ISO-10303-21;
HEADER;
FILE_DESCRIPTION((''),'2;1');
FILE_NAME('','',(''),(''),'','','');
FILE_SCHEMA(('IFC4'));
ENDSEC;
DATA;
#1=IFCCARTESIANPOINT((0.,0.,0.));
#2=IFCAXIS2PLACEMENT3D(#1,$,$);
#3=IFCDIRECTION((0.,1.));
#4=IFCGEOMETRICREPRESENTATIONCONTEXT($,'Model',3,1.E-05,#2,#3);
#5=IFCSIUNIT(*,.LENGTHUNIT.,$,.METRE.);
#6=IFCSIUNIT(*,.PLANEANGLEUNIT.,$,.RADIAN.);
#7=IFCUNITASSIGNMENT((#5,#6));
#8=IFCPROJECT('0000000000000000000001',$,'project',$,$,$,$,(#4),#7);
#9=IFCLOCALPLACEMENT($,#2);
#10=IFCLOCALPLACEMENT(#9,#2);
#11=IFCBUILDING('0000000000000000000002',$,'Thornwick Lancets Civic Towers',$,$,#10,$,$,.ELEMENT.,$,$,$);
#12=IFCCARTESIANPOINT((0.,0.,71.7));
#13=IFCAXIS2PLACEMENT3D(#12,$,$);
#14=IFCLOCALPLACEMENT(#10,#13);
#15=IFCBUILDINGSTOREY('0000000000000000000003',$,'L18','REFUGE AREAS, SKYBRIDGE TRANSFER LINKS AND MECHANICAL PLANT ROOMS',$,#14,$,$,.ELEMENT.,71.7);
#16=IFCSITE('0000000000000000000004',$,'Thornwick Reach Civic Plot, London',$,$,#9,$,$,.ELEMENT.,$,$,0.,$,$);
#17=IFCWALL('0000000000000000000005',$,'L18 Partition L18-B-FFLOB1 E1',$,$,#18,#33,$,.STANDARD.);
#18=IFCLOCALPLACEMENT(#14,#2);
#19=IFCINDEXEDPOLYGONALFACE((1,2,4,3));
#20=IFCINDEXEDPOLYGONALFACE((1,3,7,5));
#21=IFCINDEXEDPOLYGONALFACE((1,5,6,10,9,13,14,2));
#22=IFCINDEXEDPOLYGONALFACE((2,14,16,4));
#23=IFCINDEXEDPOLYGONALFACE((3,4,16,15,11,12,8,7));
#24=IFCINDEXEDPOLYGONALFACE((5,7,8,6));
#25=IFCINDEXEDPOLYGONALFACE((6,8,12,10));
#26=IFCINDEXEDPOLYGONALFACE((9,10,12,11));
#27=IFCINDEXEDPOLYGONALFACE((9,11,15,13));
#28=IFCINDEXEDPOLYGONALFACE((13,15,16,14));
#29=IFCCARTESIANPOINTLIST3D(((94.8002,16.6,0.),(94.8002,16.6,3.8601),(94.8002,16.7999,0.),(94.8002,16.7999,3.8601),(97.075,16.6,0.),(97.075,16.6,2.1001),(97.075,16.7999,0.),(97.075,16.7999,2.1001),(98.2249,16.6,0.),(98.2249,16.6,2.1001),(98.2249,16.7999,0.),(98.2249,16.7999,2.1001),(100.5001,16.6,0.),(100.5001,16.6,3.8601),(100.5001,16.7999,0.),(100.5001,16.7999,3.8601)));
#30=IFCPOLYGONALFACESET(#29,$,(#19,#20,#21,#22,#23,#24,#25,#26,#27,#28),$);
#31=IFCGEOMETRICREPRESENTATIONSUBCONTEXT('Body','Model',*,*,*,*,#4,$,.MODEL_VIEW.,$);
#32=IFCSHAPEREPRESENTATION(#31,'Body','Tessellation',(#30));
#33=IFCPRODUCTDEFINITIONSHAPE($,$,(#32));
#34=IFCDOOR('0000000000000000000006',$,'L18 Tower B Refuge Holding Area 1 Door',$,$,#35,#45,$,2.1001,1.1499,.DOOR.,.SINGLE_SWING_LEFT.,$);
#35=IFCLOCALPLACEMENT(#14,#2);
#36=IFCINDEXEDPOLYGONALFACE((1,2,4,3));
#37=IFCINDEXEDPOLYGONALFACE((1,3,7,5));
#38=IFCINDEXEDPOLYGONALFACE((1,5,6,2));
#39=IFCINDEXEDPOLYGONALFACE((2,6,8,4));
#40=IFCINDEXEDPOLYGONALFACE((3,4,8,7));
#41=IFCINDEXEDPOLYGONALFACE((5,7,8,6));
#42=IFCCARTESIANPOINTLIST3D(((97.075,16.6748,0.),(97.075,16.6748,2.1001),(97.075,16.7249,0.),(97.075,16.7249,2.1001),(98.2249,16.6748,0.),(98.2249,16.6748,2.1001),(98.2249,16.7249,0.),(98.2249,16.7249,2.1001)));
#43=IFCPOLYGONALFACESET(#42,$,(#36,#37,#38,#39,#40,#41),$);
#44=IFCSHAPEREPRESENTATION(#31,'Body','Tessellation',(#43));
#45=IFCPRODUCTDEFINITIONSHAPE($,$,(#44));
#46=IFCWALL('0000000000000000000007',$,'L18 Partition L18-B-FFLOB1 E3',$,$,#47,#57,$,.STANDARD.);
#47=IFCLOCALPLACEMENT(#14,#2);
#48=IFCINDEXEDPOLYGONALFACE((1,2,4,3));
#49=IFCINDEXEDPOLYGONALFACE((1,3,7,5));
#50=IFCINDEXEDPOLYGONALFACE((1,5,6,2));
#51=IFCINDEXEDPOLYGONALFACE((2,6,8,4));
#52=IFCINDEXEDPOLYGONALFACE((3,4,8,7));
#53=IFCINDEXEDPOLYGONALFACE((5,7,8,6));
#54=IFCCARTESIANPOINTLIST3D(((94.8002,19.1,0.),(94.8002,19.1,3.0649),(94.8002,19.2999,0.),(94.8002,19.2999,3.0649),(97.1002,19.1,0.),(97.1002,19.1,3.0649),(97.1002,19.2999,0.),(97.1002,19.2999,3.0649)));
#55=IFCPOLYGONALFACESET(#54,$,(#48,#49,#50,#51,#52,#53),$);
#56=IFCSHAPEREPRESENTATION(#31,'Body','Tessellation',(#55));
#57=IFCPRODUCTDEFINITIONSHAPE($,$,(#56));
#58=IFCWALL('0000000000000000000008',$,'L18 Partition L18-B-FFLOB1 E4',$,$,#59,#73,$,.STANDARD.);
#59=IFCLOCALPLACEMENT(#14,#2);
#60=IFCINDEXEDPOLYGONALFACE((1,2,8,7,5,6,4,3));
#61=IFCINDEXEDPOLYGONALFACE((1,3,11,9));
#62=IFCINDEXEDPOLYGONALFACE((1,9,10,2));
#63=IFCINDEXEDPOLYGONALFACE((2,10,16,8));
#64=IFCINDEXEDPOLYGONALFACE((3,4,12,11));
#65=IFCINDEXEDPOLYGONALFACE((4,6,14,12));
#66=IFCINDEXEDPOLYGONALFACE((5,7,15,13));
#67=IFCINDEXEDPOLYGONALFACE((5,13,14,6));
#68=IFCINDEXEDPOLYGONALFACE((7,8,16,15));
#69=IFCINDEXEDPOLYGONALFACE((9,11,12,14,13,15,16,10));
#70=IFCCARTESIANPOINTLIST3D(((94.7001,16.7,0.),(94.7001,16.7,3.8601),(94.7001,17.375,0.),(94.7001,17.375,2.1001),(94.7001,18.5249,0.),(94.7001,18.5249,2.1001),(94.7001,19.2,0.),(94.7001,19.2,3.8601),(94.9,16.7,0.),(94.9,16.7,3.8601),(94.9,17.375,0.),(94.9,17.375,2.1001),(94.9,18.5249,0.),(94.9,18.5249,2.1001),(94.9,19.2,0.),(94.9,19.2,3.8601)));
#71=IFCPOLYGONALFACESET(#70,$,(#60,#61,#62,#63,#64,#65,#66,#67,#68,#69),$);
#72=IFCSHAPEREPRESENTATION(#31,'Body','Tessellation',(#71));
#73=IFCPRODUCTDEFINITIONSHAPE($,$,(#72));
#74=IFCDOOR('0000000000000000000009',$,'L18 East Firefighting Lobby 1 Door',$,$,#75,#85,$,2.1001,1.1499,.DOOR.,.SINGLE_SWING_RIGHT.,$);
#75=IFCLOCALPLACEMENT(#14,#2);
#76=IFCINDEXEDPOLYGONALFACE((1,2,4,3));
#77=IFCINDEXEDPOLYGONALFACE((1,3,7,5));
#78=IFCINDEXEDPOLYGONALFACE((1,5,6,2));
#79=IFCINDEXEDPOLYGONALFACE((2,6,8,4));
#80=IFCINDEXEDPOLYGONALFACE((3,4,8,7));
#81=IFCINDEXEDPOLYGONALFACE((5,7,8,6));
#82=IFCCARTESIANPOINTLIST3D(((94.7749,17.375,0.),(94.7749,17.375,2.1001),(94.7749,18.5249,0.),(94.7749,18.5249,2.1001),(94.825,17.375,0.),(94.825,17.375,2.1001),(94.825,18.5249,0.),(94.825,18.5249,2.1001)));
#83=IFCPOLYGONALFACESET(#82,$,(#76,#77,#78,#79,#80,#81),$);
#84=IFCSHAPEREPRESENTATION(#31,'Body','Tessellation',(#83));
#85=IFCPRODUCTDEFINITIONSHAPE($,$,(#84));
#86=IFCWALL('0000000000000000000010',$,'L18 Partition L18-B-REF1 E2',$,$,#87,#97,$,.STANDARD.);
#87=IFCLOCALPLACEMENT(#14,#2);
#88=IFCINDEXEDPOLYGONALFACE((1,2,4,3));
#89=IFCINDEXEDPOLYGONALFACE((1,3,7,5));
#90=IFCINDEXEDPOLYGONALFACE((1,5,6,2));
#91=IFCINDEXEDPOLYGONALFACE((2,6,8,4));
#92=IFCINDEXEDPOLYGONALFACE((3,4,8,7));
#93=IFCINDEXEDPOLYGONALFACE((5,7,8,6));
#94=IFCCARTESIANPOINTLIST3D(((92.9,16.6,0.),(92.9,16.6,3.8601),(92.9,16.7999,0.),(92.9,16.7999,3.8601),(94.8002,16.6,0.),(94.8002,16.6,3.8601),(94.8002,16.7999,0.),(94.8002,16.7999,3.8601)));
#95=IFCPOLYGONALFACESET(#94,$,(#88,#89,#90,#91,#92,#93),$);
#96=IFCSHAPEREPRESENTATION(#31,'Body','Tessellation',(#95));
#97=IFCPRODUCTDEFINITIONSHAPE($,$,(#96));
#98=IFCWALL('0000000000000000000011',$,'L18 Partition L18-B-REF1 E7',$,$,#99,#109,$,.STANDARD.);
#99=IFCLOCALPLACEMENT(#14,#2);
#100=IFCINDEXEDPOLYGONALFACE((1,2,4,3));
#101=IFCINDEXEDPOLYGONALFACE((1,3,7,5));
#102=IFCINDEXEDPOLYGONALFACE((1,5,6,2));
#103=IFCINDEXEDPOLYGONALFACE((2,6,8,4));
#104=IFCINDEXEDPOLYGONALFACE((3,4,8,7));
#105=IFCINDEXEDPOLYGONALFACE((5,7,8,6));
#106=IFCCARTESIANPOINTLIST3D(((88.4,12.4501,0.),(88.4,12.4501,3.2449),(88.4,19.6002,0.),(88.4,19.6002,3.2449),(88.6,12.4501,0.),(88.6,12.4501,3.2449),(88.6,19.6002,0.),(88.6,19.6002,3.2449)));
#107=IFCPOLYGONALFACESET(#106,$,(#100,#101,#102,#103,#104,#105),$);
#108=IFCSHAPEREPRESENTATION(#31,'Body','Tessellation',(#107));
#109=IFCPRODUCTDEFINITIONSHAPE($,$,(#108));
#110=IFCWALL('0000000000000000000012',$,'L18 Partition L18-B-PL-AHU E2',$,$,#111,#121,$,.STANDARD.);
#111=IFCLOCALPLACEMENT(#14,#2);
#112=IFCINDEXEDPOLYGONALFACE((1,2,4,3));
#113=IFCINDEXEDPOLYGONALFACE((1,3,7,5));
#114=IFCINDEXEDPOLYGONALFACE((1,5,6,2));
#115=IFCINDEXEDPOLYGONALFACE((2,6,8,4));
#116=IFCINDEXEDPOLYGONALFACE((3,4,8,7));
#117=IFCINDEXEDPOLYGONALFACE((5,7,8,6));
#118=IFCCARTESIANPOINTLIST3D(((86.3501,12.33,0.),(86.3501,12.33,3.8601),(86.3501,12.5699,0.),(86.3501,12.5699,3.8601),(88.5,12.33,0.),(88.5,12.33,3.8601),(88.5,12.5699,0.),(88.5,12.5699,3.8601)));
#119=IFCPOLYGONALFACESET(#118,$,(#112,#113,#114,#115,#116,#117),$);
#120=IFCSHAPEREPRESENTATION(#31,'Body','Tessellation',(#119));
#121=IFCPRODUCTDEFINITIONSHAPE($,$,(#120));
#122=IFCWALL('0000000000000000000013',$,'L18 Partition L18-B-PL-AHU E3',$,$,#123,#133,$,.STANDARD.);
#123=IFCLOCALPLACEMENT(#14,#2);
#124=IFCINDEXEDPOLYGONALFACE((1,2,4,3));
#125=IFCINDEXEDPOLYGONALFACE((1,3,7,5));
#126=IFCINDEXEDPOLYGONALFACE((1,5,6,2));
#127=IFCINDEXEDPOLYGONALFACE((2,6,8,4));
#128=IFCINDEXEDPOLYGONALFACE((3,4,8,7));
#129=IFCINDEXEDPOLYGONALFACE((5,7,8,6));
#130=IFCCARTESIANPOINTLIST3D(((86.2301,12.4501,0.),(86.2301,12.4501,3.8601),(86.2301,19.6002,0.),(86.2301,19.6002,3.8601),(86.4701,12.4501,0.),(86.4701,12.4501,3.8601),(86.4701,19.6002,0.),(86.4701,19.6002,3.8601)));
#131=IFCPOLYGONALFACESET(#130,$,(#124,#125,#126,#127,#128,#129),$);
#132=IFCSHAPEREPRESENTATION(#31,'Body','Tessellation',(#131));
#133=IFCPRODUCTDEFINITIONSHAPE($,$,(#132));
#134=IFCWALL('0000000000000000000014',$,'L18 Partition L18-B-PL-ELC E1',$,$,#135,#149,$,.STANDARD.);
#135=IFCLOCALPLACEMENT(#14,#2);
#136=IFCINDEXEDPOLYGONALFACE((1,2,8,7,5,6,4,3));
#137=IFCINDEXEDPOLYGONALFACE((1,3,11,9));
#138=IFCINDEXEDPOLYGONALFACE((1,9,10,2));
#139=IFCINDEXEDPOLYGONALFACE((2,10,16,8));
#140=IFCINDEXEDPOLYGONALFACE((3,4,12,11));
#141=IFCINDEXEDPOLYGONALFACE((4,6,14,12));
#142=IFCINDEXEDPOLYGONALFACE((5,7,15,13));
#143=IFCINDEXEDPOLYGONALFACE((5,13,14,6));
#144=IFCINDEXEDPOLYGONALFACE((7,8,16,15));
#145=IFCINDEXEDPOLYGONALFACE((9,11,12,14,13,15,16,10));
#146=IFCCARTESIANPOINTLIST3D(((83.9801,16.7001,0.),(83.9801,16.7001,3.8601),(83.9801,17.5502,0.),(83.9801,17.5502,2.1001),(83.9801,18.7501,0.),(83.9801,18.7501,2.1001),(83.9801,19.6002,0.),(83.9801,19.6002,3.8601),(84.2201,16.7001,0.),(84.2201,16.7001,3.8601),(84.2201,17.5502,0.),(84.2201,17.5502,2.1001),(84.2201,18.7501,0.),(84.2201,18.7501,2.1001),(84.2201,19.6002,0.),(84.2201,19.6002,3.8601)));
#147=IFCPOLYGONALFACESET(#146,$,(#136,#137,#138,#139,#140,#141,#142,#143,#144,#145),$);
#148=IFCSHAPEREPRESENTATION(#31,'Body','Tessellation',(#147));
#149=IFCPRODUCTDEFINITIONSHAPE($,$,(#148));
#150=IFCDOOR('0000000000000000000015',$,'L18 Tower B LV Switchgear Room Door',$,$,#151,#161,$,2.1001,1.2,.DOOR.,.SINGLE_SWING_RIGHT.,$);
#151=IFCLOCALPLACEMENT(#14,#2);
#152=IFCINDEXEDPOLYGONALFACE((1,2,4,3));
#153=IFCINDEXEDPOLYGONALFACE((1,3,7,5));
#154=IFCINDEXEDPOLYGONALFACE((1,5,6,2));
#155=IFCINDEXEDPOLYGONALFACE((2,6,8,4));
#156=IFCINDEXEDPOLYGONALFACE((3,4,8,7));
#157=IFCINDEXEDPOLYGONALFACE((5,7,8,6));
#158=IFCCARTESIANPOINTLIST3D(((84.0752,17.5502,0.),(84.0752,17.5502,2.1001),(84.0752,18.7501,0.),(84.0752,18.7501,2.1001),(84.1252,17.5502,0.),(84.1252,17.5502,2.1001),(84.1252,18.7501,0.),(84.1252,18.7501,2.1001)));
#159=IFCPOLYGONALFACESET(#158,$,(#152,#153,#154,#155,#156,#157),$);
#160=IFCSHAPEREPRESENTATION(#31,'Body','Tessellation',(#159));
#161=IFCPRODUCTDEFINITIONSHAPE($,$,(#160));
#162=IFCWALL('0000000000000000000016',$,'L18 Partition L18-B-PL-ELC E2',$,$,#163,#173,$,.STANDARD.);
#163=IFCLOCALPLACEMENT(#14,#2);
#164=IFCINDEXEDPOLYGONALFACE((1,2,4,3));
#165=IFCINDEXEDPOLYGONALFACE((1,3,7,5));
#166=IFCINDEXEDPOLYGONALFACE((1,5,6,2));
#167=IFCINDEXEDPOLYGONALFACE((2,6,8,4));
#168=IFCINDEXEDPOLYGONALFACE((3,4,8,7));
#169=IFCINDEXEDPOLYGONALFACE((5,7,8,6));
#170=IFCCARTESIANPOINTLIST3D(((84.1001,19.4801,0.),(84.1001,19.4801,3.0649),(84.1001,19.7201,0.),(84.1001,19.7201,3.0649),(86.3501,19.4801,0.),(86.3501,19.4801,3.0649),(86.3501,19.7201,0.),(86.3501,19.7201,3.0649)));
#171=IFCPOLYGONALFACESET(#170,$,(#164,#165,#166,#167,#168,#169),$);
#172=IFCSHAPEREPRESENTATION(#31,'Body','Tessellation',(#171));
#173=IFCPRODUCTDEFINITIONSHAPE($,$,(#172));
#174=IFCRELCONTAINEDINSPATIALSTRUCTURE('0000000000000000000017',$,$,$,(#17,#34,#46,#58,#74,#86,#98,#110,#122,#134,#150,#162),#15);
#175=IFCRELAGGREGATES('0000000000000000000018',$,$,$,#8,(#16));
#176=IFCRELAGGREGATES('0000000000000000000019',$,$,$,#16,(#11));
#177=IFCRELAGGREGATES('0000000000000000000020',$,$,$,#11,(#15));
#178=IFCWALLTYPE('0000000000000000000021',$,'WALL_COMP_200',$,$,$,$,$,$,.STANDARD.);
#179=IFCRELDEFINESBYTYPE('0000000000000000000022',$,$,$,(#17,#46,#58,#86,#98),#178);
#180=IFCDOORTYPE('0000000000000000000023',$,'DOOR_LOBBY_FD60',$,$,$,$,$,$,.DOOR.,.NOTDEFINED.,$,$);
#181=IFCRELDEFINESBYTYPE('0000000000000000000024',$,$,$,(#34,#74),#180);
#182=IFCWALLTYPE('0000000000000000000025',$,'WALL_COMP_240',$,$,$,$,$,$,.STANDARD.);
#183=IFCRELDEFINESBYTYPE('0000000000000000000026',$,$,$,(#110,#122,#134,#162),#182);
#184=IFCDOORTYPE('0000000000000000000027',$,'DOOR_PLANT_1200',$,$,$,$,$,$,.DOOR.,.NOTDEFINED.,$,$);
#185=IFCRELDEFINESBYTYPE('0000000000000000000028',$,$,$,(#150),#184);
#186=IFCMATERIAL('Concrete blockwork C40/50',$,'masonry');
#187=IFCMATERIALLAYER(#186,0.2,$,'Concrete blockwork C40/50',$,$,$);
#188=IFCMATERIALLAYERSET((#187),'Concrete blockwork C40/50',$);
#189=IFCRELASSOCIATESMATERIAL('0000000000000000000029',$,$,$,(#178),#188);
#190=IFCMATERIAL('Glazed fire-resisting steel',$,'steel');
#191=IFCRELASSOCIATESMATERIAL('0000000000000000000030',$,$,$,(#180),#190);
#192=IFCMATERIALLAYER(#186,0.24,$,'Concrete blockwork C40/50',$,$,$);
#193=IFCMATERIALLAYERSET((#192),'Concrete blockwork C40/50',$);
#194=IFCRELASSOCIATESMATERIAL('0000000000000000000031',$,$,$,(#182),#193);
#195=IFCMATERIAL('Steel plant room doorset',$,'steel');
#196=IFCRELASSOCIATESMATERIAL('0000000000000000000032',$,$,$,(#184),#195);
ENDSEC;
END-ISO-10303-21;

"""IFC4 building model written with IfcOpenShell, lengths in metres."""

from ifc_helpers import new_model, si_unit, direction, frame, frame_2d, origin, place, context, subcontext, project, spatial, rectangle, extrude, material, layer, layer_set, type_object, element, fill, save


model = new_model("IFC4")

# Units and contexts
model_context = context("Model", 3, precision=1e-05, world=origin(), true_north=direction((0.0, 1.0)))
body_context = subcontext(model_context, "Body", "Model", "MODEL_VIEW")
ifc_project = project(units=[si_unit("LENGTHUNIT", "METRE"), si_unit("PLANEANGLEUNIT", "RADIAN")], contexts=[model_context])

# Site, building, storey
site_placement = place(None, origin())
site = spatial("IfcSite", under=ifc_project, at=site_placement, Name="Thornwick Reach Civic Plot, London", CompositionType="ELEMENT", RefElevation=0.0)
building_placement = place(site_placement, origin())
building = spatial("IfcBuilding", under=site, at=building_placement, Name="Thornwick Lancets Civic Towers", CompositionType="ELEMENT")
storey_placement = place(building_placement, frame((0.0, 0.0, 71.7)))
storey = spatial("IfcBuildingStorey", under=building, at=storey_placement, Name="L18", Description="REFUGE AREAS, SKYBRIDGE TRANSFER LINKS AND MECHANICAL PLANT ROOMS", CompositionType="ELEMENT", Elevation=71.7)

# Wall, opening, door
ifc_material_1 = material(Name="Concrete blockwork C40/50", Category="masonry")
ifc_layer_1 = layer(ifc_material_1, 0.2, Name="Concrete blockwork C40/50")
ifc_layer_set_1 = layer_set([ifc_layer_1], Name="Concrete blockwork C40/50")
wall_type_1 = type_object("IfcWallType", Name="WALL_COMP_200", PredefinedType="STANDARD", material=ifc_layer_set_1)
wall_1_placement = place(storey_placement, frame((94.8, 16.7, 0.0), z_axis=(0.0, 0.0, 1.0), x_axis=(1.0, 0.0, 0.0)))
wall_1 = element("IfcWall", 1, at=wall_1_placement, inside=storey, type_object=wall_type_1, Name="L18 Partition L18-B-FFLOB1 E1", PredefinedType="STANDARD", context=body_context, shape_type="SweptSolid", body=[
    extrude(rectangle(XDim=5.7, YDim=0.2, at=frame_2d((2.8501, 0.0))), origin(), (0.0, 0.0, 1.0), 3.8601),
])
opening_1_placement = place(wall_1_placement, frame((2.2749, 0.0, 0.0)))
opening_1 = element("IfcOpeningElement", 2, at=opening_1_placement, cuts=wall_1, PredefinedType="OPENING", context=body_context, shape_type="SweptSolid", body=[
    extrude(rectangle(XDim=1.1499, YDim=2.1001, at=frame_2d((0.575, 1.05))), frame((0.0, 0.1099, 0.0), z_axis=(0.0, -1.0, 0.0), x_axis=(1.0, 0.0, 0.0)), (0.0, 0.0, 1.0), 0.22),
])
ifc_material_2 = material(Name="Glazed fire-resisting steel", Category="steel")
door_type_1 = type_object("IfcDoorType", Name="DOOR_LOBBY_FD60", OperationType="NOTDEFINED", PredefinedType="DOOR", material=ifc_material_2)
door_1_placement = place(opening_1_placement, origin())
door_1 = element("IfcDoor", 3, at=door_1_placement, inside=storey, type_object=door_type_1, Name="L18 Tower B Refuge Holding Area 1 Door", OperationType="SINGLE_SWING_LEFT", OverallHeight=2.1001, OverallWidth=1.1499, PredefinedType="DOOR", context=body_context, shape_type="SweptSolid", body=[
    extrude(rectangle(XDim=1.1499, YDim=2.1001, at=frame_2d((0.575, 1.05))), frame((0.0, 0.0249, 0.0), z_axis=(0.0, -1.0, 0.0), x_axis=(1.0, 0.0, 0.0)), (0.0, 0.0, 1.0), 0.05),
])
fill(opening_1, door_1)

# Wall
wall_2_placement = place(storey_placement, frame((97.1001, 19.2, 0.0), z_axis=(0.0, 0.0, 1.0), x_axis=(-1.0, 0.0, 0.0)))
element("IfcWall", 4, at=wall_2_placement, inside=storey, type_object=wall_type_1, Name="L18 Partition L18-B-FFLOB1 E3", PredefinedType="STANDARD", context=body_context, shape_type="SweptSolid", body=[
    extrude(rectangle(XDim=2.3, YDim=0.2, at=frame_2d((1.1499, 0.0))), origin(), (0.0, 0.0, 1.0), 3.0649),
])

# Wall, opening, door
wall_3_placement = place(storey_placement, frame((94.8, 19.2, 0.0), z_axis=(0.0, 0.0, 1.0), x_axis=(0.0, -1.0, 0.0)))
wall_3 = element("IfcWall", 5, at=wall_3_placement, inside=storey, type_object=wall_type_1, Name="L18 Partition L18-B-FFLOB1 E4", PredefinedType="STANDARD", context=body_context, shape_type="SweptSolid", body=[
    extrude(rectangle(XDim=2.5, YDim=0.2, at=frame_2d((1.25, 0.0))), origin(), (0.0, 0.0, 1.0), 3.8601),
])
opening_2_placement = place(wall_3_placement, frame((0.675, 0.0, 0.0)))
opening_2 = element("IfcOpeningElement", 6, at=opening_2_placement, cuts=wall_3, PredefinedType="OPENING", context=body_context, shape_type="SweptSolid", body=[
    extrude(rectangle(XDim=1.1499, YDim=2.1001, at=frame_2d((0.575, 1.05))), frame((0.0, 0.1099, 0.0), z_axis=(0.0, -1.0, 0.0), x_axis=(1.0, 0.0, 0.0)), (0.0, 0.0, 1.0), 0.22),
])
door_2_placement = place(opening_2_placement, origin())
door_2 = element("IfcDoor", 7, at=door_2_placement, inside=storey, type_object=door_type_1, Name="L18 East Firefighting Lobby 1 Door", OperationType="SINGLE_SWING_RIGHT", OverallHeight=2.1001, OverallWidth=1.1499, PredefinedType="DOOR", context=body_context, shape_type="SweptSolid", body=[
    extrude(rectangle(XDim=1.1499, YDim=2.1001, at=frame_2d((0.575, 1.05))), frame((0.0, 0.0249, 0.0), z_axis=(0.0, -1.0, 0.0), x_axis=(1.0, 0.0, 0.0)), (0.0, 0.0, 1.0), 0.05),
])
fill(opening_2, door_2)

# Walls
wall_4_placement = place(storey_placement, frame((92.8999, 16.7, 0.0), z_axis=(0.0, 0.0, 1.0), x_axis=(1.0, 0.0, 0.0)))
element("IfcWall", 8, at=wall_4_placement, inside=storey, type_object=wall_type_1, Name="L18 Partition L18-B-REF1 E2", PredefinedType="STANDARD", context=body_context, shape_type="SweptSolid", body=[
    extrude(rectangle(XDim=1.9001, YDim=0.2, at=frame_2d((0.9502, 0.0))), origin(), (0.0, 0.0, 1.0), 3.8601),
])
wall_5_placement = place(storey_placement, frame((88.5, 12.45, 0.0), z_axis=(0.0, 0.0, 1.0), x_axis=(0.0, 1.0, 0.0)))
element("IfcWall", 9, at=wall_5_placement, inside=storey, type_object=wall_type_1, Name="L18 Partition L18-B-REF1 E7", PredefinedType="STANDARD", context=body_context, shape_type="SweptSolid", body=[
    extrude(rectangle(XDim=7.1501, YDim=0.2, at=frame_2d((3.5752, 0.0))), origin(), (0.0, 0.0, 1.0), 3.2449),
])
ifc_layer_2 = layer(ifc_material_1, 0.24, Name="Concrete blockwork C40/50")
ifc_layer_set_2 = layer_set([ifc_layer_2], Name="Concrete blockwork C40/50")
wall_type_2 = type_object("IfcWallType", Name="WALL_COMP_240", PredefinedType="STANDARD", material=ifc_layer_set_2)
wall_6_placement = place(storey_placement, frame((88.5, 12.45, 0.0), z_axis=(0.0, 0.0, 1.0), x_axis=(-1.0, 0.0, 0.0)))
element("IfcWall", 10, at=wall_6_placement, inside=storey, type_object=wall_type_2, Name="L18 Partition L18-B-PL-AHU E2", PredefinedType="STANDARD", context=body_context, shape_type="SweptSolid", body=[
    extrude(rectangle(XDim=2.1499, YDim=0.24, at=frame_2d((1.075, 0.0))), origin(), (0.0, 0.0, 1.0), 3.8601),
])
wall_7_placement = place(storey_placement, frame((86.3501, 12.45, 0.0), z_axis=(0.0, 0.0, 1.0), x_axis=(0.0, 1.0, 0.0)))
element("IfcWall", 11, at=wall_7_placement, inside=storey, type_object=wall_type_2, Name="L18 Partition L18-B-PL-AHU E3", PredefinedType="STANDARD", context=body_context, shape_type="SweptSolid", body=[
    extrude(rectangle(XDim=7.1501, YDim=0.24, at=frame_2d((3.5752, 0.0))), origin(), (0.0, 0.0, 1.0), 3.8601),
])

# Wall, opening, door
wall_8_placement = place(storey_placement, frame((84.1001, 16.7, 0.0), z_axis=(0.0, 0.0, 1.0), x_axis=(0.0, 1.0, 0.0)))
wall_8 = element("IfcWall", 12, at=wall_8_placement, inside=storey, type_object=wall_type_2, Name="L18 Partition L18-B-PL-ELC E1", PredefinedType="STANDARD", context=body_context, shape_type="SweptSolid", body=[
    extrude(rectangle(XDim=2.9001, YDim=0.24, at=frame_2d((1.4502, 0.0))), origin(), (0.0, 0.0, 1.0), 3.8601),
])
opening_3_placement = place(wall_8_placement, frame((0.8501, 0.0, 0.0)))
opening_3 = element("IfcOpeningElement", 13, at=opening_3_placement, cuts=wall_8, PredefinedType="OPENING", context=body_context, shape_type="SweptSolid", body=[
    extrude(rectangle(XDim=1.2, YDim=2.1001, at=frame_2d((0.6001, 1.05))), frame((0.0, 0.1299, 0.0), z_axis=(0.0, -1.0, 0.0), x_axis=(1.0, 0.0, 0.0)), (0.0, 0.0, 1.0), 0.26),
])
ifc_material_3 = material(Name="Steel plant room doorset", Category="steel")
door_type_2 = type_object("IfcDoorType", Name="DOOR_PLANT_1200", OperationType="NOTDEFINED", PredefinedType="DOOR", material=ifc_material_3)
door_3_placement = place(opening_3_placement, origin())
door_3 = element("IfcDoor", 14, at=door_3_placement, inside=storey, type_object=door_type_2, Name="L18 Tower B LV Switchgear Room Door", OperationType="SINGLE_SWING_RIGHT", OverallHeight=2.1001, OverallWidth=1.2, PredefinedType="DOOR", context=body_context, shape_type="SweptSolid", body=[
    extrude(rectangle(XDim=1.2, YDim=2.1001, at=frame_2d((0.6001, 1.05))), frame((0.0, 0.0249, 0.0), z_axis=(0.0, -1.0, 0.0), x_axis=(1.0, 0.0, 0.0)), (0.0, 0.0, 1.0), 0.05),
])
fill(opening_3, door_3)

# Wall
wall_9_placement = place(storey_placement, frame((84.1001, 19.6001, 0.0), z_axis=(0.0, 0.0, 1.0), x_axis=(1.0, 0.0, 0.0)))
element("IfcWall", 15, at=wall_9_placement, inside=storey, type_object=wall_type_2, Name="L18 Partition L18-B-PL-ELC E2", PredefinedType="STANDARD", context=body_context, shape_type="SweptSolid", body=[
    extrude(rectangle(XDim=2.25, YDim=0.24, at=frame_2d((1.125, 0.0))), origin(), (0.0, 0.0, 1.0), 3.0649),
])

save(model, "model.ifc")
